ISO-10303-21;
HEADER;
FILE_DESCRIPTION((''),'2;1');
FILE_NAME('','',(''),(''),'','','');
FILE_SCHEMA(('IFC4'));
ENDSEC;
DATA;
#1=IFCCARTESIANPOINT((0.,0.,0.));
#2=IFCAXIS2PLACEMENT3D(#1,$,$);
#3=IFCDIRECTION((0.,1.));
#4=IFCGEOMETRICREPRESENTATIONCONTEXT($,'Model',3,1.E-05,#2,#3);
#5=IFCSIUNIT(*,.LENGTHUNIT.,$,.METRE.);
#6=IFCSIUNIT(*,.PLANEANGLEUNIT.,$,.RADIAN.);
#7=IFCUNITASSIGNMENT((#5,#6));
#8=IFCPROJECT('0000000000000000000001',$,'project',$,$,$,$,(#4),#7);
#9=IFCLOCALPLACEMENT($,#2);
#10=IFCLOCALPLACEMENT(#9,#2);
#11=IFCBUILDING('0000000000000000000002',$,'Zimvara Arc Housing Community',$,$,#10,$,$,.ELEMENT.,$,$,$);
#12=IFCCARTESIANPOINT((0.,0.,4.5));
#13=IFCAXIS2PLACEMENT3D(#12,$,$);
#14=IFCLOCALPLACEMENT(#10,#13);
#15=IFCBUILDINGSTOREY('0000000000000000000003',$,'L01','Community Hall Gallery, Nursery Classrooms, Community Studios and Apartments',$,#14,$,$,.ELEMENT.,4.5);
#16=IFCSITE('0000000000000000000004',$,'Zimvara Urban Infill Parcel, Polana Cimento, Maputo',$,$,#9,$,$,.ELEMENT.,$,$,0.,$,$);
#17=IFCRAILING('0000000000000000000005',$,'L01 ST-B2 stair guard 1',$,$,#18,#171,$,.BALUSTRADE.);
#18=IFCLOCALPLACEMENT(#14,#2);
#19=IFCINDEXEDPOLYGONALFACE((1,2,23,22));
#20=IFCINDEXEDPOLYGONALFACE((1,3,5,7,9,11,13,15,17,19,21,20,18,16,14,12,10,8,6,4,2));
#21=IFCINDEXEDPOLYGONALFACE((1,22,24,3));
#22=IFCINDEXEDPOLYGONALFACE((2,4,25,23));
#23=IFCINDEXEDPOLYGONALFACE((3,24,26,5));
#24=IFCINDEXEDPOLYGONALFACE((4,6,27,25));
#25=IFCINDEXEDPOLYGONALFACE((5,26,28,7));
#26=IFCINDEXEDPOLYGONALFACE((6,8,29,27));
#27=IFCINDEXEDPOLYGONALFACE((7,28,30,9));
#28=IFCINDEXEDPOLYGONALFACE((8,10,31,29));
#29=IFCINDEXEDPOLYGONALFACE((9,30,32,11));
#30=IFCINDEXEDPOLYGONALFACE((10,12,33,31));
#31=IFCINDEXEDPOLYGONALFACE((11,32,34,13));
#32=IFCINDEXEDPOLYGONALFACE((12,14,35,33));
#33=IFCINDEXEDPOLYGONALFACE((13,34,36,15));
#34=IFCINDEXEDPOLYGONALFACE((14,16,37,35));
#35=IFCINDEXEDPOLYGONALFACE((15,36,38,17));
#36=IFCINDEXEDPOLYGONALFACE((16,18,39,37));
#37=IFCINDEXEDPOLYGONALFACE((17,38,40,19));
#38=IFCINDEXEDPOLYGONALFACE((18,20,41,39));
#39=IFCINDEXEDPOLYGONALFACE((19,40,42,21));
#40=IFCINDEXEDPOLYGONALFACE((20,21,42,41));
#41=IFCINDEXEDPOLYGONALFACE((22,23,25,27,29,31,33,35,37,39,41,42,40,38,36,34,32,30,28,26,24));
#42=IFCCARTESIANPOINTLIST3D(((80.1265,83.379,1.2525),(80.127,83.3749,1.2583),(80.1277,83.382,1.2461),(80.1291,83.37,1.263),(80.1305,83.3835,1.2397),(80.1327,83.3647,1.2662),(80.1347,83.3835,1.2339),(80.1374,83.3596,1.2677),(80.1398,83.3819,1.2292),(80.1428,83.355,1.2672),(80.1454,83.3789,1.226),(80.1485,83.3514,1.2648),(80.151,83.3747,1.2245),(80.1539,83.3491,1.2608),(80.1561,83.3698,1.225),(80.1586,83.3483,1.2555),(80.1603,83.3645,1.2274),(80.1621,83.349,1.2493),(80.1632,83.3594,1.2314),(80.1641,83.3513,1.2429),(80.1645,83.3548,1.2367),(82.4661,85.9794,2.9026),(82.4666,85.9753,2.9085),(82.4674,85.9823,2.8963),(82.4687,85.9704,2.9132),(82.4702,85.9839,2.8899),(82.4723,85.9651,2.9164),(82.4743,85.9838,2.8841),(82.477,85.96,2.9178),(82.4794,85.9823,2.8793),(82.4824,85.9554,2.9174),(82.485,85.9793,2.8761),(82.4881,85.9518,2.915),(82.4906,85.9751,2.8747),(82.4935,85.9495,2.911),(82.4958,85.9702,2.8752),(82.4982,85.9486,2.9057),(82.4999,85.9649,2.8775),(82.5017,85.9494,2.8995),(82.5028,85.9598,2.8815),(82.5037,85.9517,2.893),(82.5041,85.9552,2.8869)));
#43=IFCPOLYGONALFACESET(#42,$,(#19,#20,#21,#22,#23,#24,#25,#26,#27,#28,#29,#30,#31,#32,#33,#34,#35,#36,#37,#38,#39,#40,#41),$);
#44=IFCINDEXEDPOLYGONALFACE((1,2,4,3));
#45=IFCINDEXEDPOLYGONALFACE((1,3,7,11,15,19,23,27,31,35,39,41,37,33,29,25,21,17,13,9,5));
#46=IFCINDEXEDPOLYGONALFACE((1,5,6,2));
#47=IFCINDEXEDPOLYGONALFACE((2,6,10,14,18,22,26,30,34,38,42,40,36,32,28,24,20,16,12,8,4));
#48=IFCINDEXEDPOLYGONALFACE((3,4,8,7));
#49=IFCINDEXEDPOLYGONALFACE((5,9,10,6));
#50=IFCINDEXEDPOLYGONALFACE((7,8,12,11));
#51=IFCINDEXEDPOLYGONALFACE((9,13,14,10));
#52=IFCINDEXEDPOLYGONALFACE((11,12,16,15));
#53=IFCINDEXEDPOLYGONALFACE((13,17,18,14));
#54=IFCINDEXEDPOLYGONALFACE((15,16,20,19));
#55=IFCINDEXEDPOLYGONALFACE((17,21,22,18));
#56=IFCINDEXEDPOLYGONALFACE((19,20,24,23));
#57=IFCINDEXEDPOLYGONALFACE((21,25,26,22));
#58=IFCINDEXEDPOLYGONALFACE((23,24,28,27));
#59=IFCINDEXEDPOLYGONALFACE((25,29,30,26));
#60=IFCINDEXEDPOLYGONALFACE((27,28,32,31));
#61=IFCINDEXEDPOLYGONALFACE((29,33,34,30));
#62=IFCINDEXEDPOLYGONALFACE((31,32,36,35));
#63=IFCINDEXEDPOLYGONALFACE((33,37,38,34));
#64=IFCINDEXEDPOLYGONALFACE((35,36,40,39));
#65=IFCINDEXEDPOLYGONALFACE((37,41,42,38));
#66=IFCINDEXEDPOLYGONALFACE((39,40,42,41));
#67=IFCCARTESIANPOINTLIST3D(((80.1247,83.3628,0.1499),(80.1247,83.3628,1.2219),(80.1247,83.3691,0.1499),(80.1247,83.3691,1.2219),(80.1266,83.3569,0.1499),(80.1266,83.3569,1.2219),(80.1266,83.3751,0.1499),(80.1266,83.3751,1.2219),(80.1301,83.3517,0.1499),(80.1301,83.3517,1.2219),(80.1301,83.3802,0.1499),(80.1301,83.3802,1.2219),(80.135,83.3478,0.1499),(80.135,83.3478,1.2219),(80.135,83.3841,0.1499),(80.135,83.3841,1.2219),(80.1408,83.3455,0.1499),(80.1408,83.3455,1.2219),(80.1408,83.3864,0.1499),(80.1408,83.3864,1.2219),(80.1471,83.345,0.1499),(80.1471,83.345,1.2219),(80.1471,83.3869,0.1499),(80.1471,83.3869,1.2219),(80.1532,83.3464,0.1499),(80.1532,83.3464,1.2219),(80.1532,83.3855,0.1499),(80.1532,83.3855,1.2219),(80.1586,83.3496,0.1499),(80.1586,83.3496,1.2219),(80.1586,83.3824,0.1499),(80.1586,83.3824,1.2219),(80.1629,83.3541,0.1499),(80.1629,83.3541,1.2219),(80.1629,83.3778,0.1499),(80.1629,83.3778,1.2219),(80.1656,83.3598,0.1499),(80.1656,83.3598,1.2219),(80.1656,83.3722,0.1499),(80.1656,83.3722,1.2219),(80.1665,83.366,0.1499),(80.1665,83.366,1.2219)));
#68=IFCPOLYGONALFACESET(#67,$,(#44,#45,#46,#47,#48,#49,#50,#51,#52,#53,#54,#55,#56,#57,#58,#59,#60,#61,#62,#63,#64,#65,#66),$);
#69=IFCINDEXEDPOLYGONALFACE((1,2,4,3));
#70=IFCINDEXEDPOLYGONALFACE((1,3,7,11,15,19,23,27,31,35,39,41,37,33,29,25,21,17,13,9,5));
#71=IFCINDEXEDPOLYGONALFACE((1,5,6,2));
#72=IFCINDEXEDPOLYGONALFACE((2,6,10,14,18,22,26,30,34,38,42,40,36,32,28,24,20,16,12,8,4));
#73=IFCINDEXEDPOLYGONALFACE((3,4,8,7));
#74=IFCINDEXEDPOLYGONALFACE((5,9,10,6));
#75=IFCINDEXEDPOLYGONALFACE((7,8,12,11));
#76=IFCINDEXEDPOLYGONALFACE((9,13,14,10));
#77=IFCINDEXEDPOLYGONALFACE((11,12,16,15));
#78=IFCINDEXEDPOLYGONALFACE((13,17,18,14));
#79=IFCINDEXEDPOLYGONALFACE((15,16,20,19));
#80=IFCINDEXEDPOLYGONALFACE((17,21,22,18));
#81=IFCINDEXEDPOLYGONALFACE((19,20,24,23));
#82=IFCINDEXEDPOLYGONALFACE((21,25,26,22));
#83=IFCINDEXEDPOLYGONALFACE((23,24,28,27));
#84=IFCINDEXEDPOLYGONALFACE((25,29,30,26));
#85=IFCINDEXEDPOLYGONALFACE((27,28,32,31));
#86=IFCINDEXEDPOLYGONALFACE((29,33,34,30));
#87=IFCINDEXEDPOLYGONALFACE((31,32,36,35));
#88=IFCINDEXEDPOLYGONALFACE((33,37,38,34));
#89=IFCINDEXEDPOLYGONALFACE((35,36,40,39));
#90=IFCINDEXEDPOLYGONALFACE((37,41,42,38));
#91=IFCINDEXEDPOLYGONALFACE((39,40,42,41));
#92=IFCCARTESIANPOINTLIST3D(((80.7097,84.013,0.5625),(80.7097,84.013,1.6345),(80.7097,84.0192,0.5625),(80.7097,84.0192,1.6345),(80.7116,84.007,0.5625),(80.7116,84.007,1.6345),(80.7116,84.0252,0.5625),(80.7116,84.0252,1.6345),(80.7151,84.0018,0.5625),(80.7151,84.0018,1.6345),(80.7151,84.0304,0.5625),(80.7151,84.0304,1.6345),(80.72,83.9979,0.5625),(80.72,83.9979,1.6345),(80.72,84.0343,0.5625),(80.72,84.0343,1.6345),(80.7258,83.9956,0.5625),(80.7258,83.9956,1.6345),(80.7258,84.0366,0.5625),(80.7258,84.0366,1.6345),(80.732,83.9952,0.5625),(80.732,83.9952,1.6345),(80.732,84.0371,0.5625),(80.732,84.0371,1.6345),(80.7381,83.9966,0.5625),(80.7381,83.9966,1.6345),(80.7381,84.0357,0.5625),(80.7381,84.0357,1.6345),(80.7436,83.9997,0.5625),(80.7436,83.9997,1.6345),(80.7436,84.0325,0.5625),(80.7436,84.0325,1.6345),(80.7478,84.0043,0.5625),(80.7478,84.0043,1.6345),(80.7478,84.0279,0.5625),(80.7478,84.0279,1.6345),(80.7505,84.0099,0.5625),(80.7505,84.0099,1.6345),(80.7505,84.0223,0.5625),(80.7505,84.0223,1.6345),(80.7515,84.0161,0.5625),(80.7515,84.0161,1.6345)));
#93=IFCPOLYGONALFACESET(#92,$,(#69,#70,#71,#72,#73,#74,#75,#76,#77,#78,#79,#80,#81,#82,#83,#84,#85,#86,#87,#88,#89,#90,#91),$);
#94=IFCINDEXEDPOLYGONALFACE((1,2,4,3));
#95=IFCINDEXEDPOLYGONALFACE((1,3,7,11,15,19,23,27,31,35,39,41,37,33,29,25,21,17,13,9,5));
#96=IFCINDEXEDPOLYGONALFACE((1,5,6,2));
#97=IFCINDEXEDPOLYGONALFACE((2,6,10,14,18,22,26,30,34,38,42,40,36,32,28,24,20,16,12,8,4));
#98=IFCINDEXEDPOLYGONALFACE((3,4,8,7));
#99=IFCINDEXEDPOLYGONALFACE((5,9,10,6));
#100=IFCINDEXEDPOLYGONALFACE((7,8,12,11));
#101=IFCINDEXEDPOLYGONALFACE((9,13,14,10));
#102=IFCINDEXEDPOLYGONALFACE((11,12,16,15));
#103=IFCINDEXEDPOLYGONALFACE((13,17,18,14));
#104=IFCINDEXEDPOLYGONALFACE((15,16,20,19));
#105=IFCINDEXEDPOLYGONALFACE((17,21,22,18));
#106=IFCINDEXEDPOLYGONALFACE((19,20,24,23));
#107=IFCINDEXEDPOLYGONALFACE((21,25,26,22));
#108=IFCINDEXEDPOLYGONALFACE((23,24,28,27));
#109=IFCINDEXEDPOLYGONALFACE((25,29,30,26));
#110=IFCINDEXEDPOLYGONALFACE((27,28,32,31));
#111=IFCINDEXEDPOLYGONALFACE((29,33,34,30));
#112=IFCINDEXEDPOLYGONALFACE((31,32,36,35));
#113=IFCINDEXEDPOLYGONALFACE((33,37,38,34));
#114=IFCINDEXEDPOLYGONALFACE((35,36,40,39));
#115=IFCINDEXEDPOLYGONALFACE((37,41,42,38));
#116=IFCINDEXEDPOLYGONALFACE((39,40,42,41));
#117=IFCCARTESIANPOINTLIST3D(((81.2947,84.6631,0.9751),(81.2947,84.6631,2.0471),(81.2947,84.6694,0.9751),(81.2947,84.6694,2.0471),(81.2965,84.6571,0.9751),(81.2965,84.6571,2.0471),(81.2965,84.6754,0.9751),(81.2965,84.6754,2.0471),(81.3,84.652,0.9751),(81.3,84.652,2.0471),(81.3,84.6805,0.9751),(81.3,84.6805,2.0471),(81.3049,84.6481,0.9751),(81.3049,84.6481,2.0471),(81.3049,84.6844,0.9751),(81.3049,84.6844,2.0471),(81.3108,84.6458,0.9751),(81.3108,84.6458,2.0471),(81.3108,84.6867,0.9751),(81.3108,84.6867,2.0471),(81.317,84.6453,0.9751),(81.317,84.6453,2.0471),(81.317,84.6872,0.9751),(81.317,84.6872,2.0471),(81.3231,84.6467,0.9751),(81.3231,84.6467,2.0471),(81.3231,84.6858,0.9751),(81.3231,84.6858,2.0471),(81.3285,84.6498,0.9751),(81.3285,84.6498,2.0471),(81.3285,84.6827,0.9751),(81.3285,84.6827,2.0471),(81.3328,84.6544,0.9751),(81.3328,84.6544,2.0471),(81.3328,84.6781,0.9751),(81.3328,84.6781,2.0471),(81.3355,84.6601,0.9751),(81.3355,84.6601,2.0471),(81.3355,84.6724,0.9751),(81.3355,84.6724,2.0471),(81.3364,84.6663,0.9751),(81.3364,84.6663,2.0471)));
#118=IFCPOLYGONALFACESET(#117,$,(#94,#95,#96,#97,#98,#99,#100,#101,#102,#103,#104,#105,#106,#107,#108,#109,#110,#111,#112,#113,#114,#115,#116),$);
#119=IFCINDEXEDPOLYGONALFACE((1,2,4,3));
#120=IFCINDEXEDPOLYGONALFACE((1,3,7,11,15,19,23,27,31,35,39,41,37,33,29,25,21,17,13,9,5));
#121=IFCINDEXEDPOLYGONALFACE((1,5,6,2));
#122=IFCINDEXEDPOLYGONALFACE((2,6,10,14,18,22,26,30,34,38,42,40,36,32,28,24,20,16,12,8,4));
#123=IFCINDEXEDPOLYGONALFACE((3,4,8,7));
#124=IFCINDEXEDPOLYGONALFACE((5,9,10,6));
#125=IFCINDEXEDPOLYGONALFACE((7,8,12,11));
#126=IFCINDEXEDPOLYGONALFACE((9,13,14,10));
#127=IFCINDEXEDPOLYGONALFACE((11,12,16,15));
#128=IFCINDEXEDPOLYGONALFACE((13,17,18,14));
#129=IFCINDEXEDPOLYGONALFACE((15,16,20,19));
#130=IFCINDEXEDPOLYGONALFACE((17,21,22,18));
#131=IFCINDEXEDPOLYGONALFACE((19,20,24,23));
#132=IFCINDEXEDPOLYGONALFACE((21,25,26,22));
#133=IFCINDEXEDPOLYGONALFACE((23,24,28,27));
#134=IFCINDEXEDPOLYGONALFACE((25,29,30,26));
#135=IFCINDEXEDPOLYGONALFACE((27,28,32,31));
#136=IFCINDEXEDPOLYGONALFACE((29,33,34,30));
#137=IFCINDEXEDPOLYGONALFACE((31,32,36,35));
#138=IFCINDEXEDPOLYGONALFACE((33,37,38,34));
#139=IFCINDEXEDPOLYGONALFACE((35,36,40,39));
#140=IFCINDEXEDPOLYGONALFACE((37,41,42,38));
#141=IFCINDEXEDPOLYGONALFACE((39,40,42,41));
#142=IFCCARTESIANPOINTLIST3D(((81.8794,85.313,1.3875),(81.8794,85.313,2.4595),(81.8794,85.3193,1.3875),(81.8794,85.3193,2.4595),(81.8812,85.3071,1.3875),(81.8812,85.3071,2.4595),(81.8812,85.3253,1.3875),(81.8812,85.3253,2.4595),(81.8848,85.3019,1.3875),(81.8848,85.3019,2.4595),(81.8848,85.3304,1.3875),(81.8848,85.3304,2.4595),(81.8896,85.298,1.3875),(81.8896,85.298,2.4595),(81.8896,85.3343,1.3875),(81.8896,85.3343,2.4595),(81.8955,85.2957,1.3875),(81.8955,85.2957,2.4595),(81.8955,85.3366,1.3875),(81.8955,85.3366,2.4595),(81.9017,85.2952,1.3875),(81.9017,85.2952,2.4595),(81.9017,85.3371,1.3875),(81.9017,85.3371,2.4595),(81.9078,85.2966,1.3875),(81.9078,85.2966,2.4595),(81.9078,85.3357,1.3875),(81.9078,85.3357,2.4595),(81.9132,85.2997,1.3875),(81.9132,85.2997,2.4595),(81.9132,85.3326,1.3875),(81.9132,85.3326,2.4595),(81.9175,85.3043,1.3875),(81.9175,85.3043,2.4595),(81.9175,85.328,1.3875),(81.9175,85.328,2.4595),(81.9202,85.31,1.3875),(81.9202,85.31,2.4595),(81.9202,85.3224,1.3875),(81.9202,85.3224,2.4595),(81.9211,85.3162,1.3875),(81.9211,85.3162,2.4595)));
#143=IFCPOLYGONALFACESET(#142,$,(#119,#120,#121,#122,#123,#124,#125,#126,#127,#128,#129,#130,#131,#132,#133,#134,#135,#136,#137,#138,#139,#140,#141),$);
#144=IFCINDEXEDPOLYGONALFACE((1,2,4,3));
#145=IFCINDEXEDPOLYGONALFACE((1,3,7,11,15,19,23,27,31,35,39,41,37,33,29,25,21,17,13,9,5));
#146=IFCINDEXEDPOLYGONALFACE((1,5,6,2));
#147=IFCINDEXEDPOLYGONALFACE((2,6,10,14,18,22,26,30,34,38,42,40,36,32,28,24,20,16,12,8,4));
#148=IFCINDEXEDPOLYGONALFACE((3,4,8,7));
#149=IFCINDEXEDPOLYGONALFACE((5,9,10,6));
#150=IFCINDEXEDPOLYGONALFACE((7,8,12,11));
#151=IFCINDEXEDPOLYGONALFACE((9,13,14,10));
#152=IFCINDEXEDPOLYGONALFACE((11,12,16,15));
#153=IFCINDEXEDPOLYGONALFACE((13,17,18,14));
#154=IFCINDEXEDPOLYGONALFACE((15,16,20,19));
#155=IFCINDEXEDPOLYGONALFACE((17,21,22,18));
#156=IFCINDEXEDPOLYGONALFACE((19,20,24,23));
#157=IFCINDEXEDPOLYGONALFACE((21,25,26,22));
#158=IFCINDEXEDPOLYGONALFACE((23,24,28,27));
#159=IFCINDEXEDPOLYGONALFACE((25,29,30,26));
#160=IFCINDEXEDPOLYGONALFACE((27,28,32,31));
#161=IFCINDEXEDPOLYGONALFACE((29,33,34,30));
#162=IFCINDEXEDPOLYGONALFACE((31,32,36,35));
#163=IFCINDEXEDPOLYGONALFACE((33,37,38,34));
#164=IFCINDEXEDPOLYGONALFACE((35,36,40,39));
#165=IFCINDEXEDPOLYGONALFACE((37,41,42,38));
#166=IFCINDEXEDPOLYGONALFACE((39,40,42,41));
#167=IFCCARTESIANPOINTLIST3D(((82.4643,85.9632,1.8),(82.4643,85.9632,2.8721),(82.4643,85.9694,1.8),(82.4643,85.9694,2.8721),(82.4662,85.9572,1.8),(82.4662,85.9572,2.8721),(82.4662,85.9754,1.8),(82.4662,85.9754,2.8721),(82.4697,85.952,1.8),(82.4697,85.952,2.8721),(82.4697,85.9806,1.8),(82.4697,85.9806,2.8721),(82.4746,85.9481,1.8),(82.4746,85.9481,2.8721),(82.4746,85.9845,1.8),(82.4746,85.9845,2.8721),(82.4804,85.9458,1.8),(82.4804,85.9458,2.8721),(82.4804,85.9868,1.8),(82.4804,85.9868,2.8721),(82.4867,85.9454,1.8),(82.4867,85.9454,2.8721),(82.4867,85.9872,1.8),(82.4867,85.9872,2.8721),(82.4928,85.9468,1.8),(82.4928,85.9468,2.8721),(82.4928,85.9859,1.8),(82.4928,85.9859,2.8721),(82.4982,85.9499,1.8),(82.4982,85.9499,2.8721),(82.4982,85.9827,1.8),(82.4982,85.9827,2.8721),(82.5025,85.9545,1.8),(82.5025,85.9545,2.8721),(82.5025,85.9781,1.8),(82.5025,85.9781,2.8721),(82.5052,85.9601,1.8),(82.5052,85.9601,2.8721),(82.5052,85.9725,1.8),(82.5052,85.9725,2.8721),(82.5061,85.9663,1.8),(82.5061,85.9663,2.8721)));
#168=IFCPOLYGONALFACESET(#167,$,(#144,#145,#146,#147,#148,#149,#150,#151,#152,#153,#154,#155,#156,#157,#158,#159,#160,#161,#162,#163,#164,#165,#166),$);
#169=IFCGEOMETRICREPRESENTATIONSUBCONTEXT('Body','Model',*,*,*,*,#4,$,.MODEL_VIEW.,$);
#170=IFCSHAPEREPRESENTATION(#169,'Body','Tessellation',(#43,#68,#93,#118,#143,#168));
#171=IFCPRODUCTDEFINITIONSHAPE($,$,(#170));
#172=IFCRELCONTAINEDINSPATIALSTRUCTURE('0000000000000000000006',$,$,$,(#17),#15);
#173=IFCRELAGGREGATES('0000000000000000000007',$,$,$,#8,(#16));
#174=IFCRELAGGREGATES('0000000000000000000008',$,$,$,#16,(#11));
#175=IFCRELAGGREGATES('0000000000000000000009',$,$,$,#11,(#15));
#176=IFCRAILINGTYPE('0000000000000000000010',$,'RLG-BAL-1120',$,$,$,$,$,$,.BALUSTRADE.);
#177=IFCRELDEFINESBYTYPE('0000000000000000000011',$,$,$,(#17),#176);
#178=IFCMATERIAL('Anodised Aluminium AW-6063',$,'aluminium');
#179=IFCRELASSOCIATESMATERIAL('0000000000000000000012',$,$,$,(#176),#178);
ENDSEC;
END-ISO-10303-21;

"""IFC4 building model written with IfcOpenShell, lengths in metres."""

from ifc_helpers import new_model, si_unit, direction, frame, origin, origin_2d, place, context, subcontext, project, spatial, circle, extrude, material, type_object, element, save


model = new_model("IFC4")

# Units and contexts
model_context = context("Model", 3, precision=1e-05, world=origin(), true_north=direction((0.0, 1.0)))
body_context = subcontext(model_context, "Body", "Model", "MODEL_VIEW")
ifc_project = project(units=[si_unit("LENGTHUNIT", "METRE"), si_unit("PLANEANGLEUNIT", "RADIAN")], contexts=[model_context])

# Site, building, storey
site_placement = place(None, origin())
site = spatial("IfcSite", under=ifc_project, at=site_placement, Name="Zimvara Urban Infill Parcel, Polana Cimento, Maputo", CompositionType="ELEMENT", RefElevation=0.0)
building_placement = place(site_placement, origin())
building = spatial("IfcBuilding", under=site, at=building_placement, Name="Zimvara Arc Housing Community", CompositionType="ELEMENT")
storey_placement = place(building_placement, frame((0.0, 0.0, 4.5)))
storey = spatial("IfcBuildingStorey", under=building, at=storey_placement, Name="L01", Description="Community Hall Gallery, Nursery Classrooms, Community Studios and Apartments", CompositionType="ELEMENT", Elevation=4.5)

# Railing
ifc_material_1 = material(Name="Anodised Aluminium AW-6063", Category="aluminium")
railing_type_1 = type_object("IfcRailingType", Name="RLG-BAL-1120", PredefinedType="BALUSTRADE", material=ifc_material_1)
railing_1_placement = place(storey_placement, frame((80.1455, 83.366, 0.1499)))
element("IfcRailing", 1, at=railing_1_placement, inside=storey, type_object=railing_type_1, Name="L01 ST-B2 stair guard 1", PredefinedType="BALUSTRADE", context=body_context, shape_type="SweptSolid", body=[
    extrude(circle(Radius=0.0239, at=origin_2d()), frame((0.0, 0.0, 1.0962), z_axis=(0.60492, 0.672336, 0.426657), x_axis=(-0.743395, 0.668853, 0.0)), (0.0, 0.0, 1.0), 3.8677),
    extrude(circle(Radius=0.021, at=origin_2d()), origin(), (0.0, 0.0, 1.0), 1.072),
    extrude(circle(Radius=0.021, at=origin_2d()), frame((0.585, 0.6501, 0.4126)), (0.0, 0.0, 1.0), 1.072),
    extrude(circle(Radius=0.021, at=origin_2d()), frame((1.1699, 1.3003, 0.8252)), (0.0, 0.0, 1.0), 1.072),
    extrude(circle(Radius=0.021, at=origin_2d()), frame((1.7546, 1.9502, 1.2375)), (0.0, 0.0, 1.0), 1.072),
    extrude(circle(Radius=0.021, at=origin_2d()), frame((2.3396, 2.6003, 1.6501)), (0.0, 0.0, 1.0), 1.072),
])

save(model, "model.ifc")
